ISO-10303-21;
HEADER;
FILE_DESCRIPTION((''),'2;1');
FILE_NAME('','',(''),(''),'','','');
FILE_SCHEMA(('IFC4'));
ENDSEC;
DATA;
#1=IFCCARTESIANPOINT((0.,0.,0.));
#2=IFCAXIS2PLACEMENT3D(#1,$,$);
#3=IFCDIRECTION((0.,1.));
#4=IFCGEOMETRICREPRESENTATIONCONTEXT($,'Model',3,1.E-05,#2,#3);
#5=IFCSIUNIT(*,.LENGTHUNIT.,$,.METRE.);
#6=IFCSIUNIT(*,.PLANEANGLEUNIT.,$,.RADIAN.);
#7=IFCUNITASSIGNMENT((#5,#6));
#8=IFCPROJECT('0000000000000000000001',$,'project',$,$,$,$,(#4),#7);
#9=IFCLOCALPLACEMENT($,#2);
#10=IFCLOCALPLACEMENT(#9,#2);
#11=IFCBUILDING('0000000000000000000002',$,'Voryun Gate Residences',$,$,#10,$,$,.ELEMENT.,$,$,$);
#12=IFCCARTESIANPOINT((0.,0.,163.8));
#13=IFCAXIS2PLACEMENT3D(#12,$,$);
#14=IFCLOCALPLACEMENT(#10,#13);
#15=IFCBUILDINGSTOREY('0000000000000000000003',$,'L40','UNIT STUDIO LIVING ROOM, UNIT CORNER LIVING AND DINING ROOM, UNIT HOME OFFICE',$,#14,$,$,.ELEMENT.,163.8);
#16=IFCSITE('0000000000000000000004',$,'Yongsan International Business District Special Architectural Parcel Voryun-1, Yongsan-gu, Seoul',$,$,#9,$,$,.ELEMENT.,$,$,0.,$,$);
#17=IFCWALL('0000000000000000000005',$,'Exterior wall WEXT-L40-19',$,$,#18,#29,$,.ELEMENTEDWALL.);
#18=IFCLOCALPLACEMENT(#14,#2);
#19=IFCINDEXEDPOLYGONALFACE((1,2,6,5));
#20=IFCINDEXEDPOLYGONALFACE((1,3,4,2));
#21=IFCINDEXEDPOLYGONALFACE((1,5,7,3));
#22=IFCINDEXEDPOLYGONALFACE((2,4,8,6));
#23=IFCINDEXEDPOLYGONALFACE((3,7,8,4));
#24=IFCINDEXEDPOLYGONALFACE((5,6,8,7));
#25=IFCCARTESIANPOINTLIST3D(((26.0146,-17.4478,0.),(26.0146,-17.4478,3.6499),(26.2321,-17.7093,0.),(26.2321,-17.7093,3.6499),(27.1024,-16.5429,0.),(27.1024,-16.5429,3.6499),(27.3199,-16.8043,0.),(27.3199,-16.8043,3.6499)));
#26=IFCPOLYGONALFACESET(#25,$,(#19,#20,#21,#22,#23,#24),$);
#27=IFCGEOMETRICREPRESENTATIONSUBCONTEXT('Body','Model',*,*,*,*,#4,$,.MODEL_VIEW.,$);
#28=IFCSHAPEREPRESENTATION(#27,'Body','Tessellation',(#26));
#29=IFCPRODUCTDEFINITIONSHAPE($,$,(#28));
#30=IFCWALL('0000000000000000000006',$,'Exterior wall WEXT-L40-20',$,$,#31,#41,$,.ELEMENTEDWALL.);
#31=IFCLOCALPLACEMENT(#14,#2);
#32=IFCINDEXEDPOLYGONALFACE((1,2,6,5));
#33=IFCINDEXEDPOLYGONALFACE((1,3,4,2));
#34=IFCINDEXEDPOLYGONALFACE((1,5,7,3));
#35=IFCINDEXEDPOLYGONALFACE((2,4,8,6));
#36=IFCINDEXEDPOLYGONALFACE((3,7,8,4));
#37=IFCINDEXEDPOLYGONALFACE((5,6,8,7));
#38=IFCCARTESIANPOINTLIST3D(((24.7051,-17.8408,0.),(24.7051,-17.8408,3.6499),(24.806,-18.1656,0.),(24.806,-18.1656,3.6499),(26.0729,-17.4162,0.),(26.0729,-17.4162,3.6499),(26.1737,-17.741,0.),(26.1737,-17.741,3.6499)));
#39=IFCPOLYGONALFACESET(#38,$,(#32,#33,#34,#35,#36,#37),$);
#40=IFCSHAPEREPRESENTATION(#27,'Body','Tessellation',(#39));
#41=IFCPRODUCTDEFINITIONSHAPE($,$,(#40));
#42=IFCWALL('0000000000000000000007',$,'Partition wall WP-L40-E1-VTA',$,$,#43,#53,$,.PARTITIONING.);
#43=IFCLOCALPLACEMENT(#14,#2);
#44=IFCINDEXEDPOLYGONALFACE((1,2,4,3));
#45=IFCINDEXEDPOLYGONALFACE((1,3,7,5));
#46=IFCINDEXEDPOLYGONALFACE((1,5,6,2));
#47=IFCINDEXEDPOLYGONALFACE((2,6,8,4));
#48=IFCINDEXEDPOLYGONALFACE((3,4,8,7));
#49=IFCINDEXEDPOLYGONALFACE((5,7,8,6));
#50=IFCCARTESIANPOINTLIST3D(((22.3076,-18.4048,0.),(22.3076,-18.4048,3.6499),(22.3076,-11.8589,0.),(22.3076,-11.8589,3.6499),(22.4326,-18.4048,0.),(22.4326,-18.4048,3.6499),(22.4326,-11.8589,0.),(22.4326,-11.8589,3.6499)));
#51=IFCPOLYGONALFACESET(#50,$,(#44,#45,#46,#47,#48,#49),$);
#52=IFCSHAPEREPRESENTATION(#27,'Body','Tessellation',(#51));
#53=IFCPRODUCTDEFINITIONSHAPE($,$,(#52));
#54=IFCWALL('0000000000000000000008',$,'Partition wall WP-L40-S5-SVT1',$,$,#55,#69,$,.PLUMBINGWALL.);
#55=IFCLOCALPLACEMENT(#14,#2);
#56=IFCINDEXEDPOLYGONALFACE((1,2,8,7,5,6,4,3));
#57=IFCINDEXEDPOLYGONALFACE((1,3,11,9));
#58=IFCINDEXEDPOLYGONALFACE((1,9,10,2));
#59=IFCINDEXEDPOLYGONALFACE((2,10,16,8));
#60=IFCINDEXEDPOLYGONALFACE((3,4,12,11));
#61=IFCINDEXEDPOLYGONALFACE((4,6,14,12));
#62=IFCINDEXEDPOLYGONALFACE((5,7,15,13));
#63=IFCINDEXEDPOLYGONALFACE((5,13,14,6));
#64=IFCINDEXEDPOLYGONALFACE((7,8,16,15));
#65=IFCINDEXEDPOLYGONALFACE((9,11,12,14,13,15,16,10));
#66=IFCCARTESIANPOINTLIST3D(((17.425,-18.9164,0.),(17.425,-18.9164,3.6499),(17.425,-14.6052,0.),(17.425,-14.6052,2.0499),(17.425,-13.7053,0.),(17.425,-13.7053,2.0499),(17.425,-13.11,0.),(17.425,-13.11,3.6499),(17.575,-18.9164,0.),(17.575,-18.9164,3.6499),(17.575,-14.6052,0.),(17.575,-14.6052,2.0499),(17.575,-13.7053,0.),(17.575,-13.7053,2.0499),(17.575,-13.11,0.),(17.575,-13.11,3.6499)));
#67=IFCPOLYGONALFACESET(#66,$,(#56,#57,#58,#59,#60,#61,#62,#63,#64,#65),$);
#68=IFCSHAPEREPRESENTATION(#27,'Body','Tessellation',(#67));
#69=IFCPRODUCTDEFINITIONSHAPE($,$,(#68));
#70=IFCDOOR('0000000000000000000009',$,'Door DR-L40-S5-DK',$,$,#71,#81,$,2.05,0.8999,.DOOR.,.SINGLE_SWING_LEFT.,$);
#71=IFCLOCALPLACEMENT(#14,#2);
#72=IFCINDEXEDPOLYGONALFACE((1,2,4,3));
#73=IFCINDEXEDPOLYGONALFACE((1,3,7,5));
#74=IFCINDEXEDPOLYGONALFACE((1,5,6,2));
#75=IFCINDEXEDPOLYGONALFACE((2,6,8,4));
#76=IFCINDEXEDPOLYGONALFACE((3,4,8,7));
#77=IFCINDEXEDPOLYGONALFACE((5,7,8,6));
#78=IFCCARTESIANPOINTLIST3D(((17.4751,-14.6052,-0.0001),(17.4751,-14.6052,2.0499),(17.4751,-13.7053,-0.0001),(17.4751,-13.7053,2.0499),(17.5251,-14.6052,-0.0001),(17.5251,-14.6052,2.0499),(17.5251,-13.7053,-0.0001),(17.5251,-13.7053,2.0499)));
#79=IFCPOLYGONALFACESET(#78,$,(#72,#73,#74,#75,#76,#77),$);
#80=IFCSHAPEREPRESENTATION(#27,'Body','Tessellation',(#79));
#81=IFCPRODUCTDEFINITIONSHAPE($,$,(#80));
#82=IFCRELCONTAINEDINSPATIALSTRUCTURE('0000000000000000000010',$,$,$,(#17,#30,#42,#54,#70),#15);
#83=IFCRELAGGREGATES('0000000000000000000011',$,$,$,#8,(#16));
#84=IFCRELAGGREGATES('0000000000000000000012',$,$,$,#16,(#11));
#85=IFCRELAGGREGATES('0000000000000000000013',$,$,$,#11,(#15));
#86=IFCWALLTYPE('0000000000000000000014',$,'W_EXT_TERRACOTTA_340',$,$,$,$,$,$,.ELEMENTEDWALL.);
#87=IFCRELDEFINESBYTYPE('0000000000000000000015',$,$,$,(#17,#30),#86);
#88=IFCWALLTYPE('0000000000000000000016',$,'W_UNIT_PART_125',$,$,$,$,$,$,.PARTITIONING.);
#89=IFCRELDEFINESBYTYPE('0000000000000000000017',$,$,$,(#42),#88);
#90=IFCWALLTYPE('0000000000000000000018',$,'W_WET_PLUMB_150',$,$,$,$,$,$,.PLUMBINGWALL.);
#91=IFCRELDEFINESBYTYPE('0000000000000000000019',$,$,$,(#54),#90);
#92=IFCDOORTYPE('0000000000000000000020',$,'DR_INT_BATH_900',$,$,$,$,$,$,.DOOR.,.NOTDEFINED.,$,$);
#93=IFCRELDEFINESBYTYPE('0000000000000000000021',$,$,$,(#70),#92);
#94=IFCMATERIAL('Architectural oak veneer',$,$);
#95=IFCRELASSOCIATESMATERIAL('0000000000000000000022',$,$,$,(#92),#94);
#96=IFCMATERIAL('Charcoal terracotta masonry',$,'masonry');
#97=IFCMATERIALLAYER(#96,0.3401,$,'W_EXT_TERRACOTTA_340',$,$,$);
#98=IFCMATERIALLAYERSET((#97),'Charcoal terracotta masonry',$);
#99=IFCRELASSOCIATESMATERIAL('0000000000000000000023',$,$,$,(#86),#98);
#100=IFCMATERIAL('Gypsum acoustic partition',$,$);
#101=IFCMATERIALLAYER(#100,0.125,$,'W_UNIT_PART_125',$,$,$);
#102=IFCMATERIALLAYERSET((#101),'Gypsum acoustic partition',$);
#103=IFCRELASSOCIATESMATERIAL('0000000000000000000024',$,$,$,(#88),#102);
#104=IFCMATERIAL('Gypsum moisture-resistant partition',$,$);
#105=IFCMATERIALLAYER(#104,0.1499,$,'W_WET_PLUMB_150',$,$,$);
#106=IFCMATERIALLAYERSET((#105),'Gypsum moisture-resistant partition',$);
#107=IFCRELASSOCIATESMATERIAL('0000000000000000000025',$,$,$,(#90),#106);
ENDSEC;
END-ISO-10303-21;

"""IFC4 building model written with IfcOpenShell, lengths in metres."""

from ifc_helpers import new_model, si_unit, direction, frame, frame_2d, origin, place, context, subcontext, project, spatial, rectangle, extrude, material, layer, layer_set, type_object, element, fill, save


model = new_model("IFC4")

# Units and contexts
model_context = context("Model", 3, precision=1e-05, world=origin(), true_north=direction((0.0, 1.0)))
body_context = subcontext(model_context, "Body", "Model", "MODEL_VIEW")
ifc_project = project(units=[si_unit("LENGTHUNIT", "METRE"), si_unit("PLANEANGLEUNIT", "RADIAN")], contexts=[model_context])

# Site, building, storey
site_placement = place(None, origin())
site = spatial("IfcSite", under=ifc_project, at=site_placement, Name="Yongsan International Business District Special Architectural Parcel Voryun-1, Yongsan-gu, Seoul", CompositionType="ELEMENT", RefElevation=0.0)
building_placement = place(site_placement, origin())
building = spatial("IfcBuilding", under=site, at=building_placement, Name="Voryun Gate Residences", CompositionType="ELEMENT")
storey_placement = place(building_placement, frame((0.0, 0.0, 163.8)))
storey = spatial("IfcBuildingStorey", under=building, at=storey_placement, Name="L40", Description="UNIT STUDIO LIVING ROOM, UNIT CORNER LIVING AND DINING ROOM, UNIT HOME OFFICE", CompositionType="ELEMENT", Elevation=163.8)

# Shared definitions
ifc_material_1 = material(Name="Architectural oak veneer")
door_type = type_object("IfcDoorType", Name="DR_INT_BATH_900", OperationType="NOTDEFINED", PredefinedType="DOOR", material=ifc_material_1)

# Shared definitions
ifc_material_2 = material(Name="Charcoal terracotta masonry", Category="masonry")
ifc_layer_1 = layer(ifc_material_2, 0.3401, Name="W_EXT_TERRACOTTA_340")
ifc_layer_set_1 = layer_set([ifc_layer_1], Name="Charcoal terracotta masonry")
wall_type_1 = type_object("IfcWallType", Name="W_EXT_TERRACOTTA_340", PredefinedType="ELEMENTEDWALL", material=ifc_layer_set_1)

# Walls
wall_1_placement = place(storey_placement, frame((27.2112, -16.6736, 0.0), z_axis=(0.0, 0.0, 1.0), x_axis=(-0.768758, -0.639539, 0.0)))
element("IfcWall", 1, at=wall_1_placement, inside=storey, type_object=wall_type_1, Name="Exterior wall WEXT-L40-19", PredefinedType="ELEMENTEDWALL", context=body_context, shape_type="SweptSolid", body=[
    extrude(rectangle(XDim=1.415, YDim=0.3401, at=frame_2d((0.7075, 0.0))), origin(), (0.0, 0.0, 1.0), 3.6499),
])
wall_2_placement = place(storey_placement, frame((26.1233, -17.5786, 0.0), z_axis=(0.0, 0.0, 1.0), x_axis=(-0.955043, -0.296469, 0.0)))
element("IfcWall", 2, at=wall_2_placement, inside=storey, type_object=wall_type_1, Name="Exterior wall WEXT-L40-20", PredefinedType="ELEMENTEDWALL", context=body_context, shape_type="SweptSolid", body=[
    extrude(rectangle(XDim=1.4321, YDim=0.3401, at=frame_2d((0.7161, 0.0))), origin(), (0.0, 0.0, 1.0), 3.6499),
])
ifc_material_3 = material(Name="Gypsum acoustic partition")
ifc_layer_2 = layer(ifc_material_3, 0.125, Name="W_UNIT_PART_125")
ifc_layer_set_2 = layer_set([ifc_layer_2], Name="Gypsum acoustic partition")
wall_type_2 = type_object("IfcWallType", Name="W_UNIT_PART_125", PredefinedType="PARTITIONING", material=ifc_layer_set_2)
wall_3_placement = place(storey_placement, frame((22.3701, -18.4048, 0.0), z_axis=(0.0, 0.0, 1.0), x_axis=(0.0, 1.0, 0.0)))
element("IfcWall", 3, at=wall_3_placement, inside=storey, type_object=wall_type_2, Name="Partition wall WP-L40-E1-VTA", PredefinedType="PARTITIONING", context=body_context, shape_type="SweptSolid", body=[
    extrude(rectangle(XDim=6.5459, YDim=0.125, at=frame_2d((3.2729, 0.0))), origin(), (0.0, 0.0, 1.0), 3.6499),
])

# Wall, opening, door
ifc_material_4 = material(Name="Gypsum moisture-resistant partition")
ifc_layer_3 = layer(ifc_material_4, 0.1499, Name="W_WET_PLUMB_150")
ifc_layer_set_3 = layer_set([ifc_layer_3], Name="Gypsum moisture-resistant partition")
wall_type_3 = type_object("IfcWallType", Name="W_WET_PLUMB_150", PredefinedType="PLUMBINGWALL", material=ifc_layer_set_3)
wall_4_placement = place(storey_placement, frame((17.5, -18.9165, 0.0), z_axis=(0.0, 0.0, 1.0), x_axis=(0.0, 1.0, 0.0)))
wall_4 = element("IfcWall", 4, at=wall_4_placement, inside=storey, type_object=wall_type_3, Name="Partition wall WP-L40-S5-SVT1", PredefinedType="PLUMBINGWALL", context=body_context, shape_type="SweptSolid", body=[
    extrude(rectangle(XDim=5.8064, YDim=0.1499, at=frame_2d((2.9033, 0.0))), origin(), (0.0, 0.0, 1.0), 3.6499),
])
opening_1_placement = place(wall_4_placement, frame((4.3113, 0.0, 0.0)))
opening_1 = element("IfcOpeningElement", 5, at=opening_1_placement, cuts=wall_4, PredefinedType="OPENING", context=body_context, shape_type="SweptSolid", body=[
    extrude(rectangle(XDim=0.8999, YDim=2.05, at=frame_2d((0.45, 1.0249))), frame((0.0, 0.085, 0.0), z_axis=(0.0, -1.0, 0.0), x_axis=(1.0, 0.0, 0.0)), (0.0, 0.0, 1.0), 0.1699),
])
door_1_placement = place(opening_1_placement, origin())
door_1 = element("IfcDoor", 6, at=door_1_placement, inside=storey, type_object=door_type, Name="Door DR-L40-S5-DK", OperationType="SINGLE_SWING_LEFT", OverallHeight=2.05, OverallWidth=0.8999, PredefinedType="DOOR", context=body_context, shape_type="SweptSolid", body=[
    extrude(rectangle(XDim=0.8999, YDim=2.05, at=frame_2d((0.45, 1.0249))), frame((0.0, 0.0249, 0.0), z_axis=(0.0, -1.0, 0.0), x_axis=(1.0, 0.0, 0.0)), (0.0, 0.0, 1.0), 0.05),
])
fill(opening_1, door_1)

save(model, "model.ifc")
